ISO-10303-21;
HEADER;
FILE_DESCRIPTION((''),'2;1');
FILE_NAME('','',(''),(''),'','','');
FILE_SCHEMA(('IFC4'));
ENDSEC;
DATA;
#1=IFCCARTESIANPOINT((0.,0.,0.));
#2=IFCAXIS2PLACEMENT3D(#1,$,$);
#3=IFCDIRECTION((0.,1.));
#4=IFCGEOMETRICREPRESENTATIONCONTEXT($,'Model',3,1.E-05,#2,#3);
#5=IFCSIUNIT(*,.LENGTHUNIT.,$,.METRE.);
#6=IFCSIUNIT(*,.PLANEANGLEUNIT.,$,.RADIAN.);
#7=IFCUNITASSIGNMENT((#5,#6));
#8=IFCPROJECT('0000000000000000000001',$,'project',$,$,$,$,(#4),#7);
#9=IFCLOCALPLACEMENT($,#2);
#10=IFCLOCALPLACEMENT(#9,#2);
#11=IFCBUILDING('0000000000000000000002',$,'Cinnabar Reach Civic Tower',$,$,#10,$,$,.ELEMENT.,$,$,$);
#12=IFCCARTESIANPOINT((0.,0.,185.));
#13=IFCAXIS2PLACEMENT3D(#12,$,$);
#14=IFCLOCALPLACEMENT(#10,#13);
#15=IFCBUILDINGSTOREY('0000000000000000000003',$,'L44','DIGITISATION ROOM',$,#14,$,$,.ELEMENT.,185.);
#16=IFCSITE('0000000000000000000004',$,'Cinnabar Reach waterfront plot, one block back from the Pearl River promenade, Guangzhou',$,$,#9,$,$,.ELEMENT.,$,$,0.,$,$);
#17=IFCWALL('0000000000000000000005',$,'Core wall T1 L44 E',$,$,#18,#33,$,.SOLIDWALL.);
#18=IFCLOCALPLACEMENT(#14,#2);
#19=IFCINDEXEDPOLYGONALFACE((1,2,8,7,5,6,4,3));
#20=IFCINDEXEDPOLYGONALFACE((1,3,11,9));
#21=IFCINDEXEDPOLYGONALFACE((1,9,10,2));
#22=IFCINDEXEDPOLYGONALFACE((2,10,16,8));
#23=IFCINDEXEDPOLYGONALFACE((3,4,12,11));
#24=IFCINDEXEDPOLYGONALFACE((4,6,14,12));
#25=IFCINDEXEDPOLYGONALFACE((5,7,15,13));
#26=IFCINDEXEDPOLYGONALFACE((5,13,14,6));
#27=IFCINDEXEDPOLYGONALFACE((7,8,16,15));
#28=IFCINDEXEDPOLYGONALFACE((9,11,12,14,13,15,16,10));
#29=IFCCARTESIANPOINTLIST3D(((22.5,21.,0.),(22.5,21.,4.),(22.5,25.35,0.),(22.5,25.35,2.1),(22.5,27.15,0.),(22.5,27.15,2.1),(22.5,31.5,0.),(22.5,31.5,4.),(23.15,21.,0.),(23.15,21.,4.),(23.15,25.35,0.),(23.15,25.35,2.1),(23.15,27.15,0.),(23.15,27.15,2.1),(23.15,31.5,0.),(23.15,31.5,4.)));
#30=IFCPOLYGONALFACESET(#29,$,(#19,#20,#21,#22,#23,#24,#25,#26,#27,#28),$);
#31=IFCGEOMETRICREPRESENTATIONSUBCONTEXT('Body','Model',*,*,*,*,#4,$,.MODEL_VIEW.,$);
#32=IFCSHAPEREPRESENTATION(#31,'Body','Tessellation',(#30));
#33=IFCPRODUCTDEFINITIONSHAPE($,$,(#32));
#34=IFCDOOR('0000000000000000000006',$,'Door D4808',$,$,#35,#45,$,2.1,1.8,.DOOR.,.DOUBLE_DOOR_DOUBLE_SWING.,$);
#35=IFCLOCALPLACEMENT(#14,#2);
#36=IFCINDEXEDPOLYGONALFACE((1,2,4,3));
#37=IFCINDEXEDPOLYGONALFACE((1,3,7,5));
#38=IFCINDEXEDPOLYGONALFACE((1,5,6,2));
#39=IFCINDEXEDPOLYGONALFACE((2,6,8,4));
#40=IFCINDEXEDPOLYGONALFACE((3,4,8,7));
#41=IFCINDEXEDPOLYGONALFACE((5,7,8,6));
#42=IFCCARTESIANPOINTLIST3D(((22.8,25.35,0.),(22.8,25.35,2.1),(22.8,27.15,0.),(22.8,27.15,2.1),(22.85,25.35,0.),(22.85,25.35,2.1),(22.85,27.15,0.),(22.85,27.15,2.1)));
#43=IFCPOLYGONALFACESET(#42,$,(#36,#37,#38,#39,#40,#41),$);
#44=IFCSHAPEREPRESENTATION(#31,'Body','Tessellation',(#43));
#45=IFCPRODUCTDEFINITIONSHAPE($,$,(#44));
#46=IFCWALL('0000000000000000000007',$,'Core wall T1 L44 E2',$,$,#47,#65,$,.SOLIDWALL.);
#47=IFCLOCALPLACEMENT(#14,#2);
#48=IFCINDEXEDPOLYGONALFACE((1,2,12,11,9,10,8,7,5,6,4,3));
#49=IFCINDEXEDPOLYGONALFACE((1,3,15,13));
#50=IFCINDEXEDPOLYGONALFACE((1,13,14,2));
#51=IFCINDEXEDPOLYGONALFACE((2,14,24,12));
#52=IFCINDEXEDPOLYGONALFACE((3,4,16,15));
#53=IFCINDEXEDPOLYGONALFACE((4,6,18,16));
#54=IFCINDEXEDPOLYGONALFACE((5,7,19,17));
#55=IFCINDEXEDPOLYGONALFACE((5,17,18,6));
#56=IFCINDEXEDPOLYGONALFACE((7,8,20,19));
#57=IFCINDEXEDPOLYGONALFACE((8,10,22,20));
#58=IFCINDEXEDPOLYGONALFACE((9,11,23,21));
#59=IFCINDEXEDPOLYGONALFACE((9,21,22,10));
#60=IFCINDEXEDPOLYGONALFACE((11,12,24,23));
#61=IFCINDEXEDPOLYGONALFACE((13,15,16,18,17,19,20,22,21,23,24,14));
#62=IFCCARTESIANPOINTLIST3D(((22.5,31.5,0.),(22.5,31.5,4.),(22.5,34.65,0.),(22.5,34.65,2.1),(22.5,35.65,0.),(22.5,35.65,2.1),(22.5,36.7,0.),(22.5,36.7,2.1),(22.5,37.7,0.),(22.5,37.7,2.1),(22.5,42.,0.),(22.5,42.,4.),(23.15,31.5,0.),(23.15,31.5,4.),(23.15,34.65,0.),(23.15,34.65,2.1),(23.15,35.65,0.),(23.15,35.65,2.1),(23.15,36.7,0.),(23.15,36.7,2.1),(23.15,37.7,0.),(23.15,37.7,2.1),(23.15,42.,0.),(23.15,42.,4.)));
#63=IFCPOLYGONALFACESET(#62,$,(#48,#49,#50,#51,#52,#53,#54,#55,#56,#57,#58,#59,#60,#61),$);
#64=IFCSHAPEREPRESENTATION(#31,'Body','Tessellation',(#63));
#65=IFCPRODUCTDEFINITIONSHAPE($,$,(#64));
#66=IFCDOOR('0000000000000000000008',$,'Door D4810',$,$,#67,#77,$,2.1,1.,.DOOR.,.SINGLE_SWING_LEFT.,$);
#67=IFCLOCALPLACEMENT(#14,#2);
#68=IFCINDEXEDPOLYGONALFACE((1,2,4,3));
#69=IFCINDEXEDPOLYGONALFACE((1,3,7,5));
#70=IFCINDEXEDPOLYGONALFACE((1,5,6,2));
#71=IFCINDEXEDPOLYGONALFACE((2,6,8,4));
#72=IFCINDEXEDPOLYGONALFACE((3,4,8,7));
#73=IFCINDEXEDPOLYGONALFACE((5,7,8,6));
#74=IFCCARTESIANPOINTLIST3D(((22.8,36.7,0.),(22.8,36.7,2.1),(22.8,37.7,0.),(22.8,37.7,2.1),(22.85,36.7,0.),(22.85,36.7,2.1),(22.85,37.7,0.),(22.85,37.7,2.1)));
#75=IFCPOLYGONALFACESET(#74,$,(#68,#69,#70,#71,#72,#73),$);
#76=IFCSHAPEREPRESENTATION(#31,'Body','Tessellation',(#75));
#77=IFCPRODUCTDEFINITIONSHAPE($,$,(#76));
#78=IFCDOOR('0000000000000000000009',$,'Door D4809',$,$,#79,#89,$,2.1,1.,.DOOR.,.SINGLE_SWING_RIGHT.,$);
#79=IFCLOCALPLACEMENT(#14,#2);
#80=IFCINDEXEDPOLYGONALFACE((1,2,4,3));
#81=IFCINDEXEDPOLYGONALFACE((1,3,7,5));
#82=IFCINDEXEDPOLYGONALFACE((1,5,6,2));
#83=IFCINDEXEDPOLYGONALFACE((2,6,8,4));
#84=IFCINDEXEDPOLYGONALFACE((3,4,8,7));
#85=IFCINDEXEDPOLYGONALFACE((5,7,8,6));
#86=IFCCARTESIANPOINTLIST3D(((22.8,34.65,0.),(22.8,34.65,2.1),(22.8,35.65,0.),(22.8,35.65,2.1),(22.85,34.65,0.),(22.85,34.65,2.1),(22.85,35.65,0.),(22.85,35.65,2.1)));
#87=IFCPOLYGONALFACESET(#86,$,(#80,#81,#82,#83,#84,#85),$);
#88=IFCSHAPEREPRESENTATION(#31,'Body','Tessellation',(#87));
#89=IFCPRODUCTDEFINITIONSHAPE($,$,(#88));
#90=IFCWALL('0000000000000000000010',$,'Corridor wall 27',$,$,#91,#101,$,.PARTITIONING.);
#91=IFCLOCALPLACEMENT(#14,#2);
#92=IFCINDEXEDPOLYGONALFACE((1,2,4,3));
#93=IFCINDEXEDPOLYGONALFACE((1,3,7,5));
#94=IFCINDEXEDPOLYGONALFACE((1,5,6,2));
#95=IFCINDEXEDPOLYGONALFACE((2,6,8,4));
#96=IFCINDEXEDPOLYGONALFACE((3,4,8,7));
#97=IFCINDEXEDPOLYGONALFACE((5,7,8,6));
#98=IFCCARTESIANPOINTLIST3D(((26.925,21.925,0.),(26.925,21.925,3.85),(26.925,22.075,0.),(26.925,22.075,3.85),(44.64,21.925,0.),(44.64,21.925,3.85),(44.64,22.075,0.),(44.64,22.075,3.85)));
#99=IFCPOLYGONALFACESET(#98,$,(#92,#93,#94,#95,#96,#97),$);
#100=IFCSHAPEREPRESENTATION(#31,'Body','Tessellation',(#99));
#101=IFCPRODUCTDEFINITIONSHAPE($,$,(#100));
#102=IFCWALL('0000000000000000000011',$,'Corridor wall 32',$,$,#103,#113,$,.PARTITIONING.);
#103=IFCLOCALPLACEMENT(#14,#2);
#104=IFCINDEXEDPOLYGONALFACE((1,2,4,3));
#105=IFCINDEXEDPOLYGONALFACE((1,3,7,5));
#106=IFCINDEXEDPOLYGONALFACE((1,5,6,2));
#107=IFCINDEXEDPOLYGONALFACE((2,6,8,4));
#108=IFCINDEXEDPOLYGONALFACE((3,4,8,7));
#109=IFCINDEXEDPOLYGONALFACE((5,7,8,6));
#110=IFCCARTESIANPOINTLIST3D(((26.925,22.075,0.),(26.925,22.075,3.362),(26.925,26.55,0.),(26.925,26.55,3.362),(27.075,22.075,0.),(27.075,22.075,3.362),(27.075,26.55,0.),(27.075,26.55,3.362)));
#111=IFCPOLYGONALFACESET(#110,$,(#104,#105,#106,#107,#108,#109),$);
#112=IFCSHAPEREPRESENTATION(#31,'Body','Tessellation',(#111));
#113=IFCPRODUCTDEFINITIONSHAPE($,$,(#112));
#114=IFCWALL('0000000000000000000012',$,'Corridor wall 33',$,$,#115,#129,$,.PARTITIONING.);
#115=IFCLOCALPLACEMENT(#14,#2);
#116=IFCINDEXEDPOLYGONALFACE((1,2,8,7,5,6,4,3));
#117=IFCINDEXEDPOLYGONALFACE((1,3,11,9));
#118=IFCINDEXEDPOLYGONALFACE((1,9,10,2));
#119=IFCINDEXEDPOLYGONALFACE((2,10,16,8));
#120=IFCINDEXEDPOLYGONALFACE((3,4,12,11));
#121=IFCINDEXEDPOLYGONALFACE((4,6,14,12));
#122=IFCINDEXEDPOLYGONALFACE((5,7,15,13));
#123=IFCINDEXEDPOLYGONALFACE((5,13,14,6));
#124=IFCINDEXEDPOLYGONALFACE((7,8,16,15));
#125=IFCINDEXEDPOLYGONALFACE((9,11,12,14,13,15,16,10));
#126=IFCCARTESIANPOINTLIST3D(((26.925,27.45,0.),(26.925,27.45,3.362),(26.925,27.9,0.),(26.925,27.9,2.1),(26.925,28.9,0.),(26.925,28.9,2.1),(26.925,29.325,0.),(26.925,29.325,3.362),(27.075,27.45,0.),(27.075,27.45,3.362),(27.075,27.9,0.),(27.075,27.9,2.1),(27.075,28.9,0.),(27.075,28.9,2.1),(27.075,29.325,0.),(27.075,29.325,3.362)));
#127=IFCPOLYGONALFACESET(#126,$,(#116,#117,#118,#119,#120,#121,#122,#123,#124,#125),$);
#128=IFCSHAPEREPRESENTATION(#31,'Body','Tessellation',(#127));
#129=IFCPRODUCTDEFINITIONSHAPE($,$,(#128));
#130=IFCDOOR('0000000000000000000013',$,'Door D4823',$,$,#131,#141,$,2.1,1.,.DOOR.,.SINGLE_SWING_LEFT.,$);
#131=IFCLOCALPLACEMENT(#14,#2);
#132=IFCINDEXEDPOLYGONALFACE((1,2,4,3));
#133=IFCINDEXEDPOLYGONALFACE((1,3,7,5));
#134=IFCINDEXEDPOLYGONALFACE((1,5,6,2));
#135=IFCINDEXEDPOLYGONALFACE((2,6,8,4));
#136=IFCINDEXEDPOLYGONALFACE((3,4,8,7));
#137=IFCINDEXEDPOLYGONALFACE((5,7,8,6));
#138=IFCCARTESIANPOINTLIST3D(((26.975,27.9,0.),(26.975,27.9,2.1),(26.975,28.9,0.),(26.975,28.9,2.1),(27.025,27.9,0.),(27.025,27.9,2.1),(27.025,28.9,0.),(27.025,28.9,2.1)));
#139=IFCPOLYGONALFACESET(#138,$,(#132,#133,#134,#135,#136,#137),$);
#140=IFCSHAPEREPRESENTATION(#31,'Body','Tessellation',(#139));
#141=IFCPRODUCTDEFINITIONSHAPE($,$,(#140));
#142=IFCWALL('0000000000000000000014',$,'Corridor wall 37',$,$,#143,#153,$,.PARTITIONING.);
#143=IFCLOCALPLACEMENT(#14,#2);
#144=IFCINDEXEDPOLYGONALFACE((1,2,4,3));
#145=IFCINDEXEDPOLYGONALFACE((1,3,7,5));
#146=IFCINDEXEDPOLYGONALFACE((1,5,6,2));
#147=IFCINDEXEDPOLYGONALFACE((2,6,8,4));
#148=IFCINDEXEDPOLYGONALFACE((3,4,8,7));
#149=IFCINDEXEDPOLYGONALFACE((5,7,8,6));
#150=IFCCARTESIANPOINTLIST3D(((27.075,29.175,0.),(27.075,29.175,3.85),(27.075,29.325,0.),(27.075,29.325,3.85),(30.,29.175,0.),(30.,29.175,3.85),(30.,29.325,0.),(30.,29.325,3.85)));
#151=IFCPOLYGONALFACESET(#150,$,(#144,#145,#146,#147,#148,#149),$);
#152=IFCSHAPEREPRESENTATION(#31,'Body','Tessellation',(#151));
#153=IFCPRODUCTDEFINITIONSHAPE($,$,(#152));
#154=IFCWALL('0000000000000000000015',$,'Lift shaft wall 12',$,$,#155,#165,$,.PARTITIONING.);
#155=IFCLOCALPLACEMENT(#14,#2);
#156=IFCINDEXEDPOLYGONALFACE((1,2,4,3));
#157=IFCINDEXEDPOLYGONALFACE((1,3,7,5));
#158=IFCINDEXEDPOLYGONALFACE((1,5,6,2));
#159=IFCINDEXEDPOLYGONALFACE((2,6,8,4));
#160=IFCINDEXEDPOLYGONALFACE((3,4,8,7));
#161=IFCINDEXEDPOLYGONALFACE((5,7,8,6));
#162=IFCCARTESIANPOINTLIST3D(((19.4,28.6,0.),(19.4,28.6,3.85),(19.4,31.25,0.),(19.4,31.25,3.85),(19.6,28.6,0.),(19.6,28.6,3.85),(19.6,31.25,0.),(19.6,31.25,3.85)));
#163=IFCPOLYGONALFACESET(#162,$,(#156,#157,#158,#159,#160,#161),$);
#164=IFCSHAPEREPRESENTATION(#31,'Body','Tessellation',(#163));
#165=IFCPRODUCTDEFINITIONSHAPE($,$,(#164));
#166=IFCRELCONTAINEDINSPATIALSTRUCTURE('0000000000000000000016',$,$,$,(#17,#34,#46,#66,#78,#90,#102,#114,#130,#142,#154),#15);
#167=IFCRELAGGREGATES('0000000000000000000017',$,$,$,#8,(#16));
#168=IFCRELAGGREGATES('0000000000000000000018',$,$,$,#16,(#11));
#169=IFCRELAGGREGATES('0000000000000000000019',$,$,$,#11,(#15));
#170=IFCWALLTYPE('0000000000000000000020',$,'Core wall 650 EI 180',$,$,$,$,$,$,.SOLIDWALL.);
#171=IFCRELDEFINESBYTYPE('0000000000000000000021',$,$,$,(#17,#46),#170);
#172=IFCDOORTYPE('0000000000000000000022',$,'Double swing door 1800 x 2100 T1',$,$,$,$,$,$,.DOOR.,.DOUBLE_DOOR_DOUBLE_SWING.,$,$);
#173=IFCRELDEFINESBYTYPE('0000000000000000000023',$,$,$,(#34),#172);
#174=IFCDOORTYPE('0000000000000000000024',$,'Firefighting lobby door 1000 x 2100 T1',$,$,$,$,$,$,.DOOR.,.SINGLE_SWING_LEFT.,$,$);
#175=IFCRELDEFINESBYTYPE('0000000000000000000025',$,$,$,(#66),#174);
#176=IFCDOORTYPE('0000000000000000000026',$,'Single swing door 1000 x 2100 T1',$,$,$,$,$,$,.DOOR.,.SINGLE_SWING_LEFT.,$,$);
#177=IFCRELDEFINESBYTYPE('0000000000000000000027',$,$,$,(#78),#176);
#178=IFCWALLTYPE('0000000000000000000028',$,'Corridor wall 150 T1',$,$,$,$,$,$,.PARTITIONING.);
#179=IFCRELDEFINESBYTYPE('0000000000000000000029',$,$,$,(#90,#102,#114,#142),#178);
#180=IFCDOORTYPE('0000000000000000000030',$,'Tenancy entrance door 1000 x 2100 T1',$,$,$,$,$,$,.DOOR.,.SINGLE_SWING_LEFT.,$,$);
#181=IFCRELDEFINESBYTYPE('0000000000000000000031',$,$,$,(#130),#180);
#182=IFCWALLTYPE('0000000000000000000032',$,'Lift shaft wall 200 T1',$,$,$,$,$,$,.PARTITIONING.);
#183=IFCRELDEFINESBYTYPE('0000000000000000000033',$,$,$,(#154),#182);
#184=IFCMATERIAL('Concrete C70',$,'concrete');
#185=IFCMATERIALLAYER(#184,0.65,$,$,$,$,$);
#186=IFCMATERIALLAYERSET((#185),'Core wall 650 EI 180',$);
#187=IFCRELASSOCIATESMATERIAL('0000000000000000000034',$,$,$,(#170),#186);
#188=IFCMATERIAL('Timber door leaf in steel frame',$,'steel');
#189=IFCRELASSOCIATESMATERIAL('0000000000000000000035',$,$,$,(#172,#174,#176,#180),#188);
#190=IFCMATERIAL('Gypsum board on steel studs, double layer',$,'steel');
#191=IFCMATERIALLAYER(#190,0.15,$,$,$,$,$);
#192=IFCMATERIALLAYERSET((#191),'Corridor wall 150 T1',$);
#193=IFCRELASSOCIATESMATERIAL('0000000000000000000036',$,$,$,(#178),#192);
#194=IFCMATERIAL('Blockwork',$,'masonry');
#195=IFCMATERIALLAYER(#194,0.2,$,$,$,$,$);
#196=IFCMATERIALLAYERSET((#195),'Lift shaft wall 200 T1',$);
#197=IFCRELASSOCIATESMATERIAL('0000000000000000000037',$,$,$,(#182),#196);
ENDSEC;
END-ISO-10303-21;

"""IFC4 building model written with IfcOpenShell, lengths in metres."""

from ifc_helpers import new_model, si_unit, direction, frame, frame_2d, origin, place, context, subcontext, project, spatial, rectangle, extrude, material, layer, layer_set, type_object, element, fill, save


model = new_model("IFC4")

# Units and contexts
model_context = context("Model", 3, precision=1e-05, world=origin(), true_north=direction((0.0, 1.0)))
body_context = subcontext(model_context, "Body", "Model", "MODEL_VIEW")
ifc_project = project(units=[si_unit("LENGTHUNIT", "METRE"), si_unit("PLANEANGLEUNIT", "RADIAN")], contexts=[model_context])

# Site, building, storey
site_placement = place(None, origin())
site = spatial("IfcSite", under=ifc_project, at=site_placement, Name="Cinnabar Reach waterfront plot, one block back from the Pearl River promenade, Guangzhou", CompositionType="ELEMENT", RefElevation=0.0)
building_placement = place(site_placement, origin())
building = spatial("IfcBuilding", under=site, at=building_placement, Name="Cinnabar Reach Civic Tower", CompositionType="ELEMENT")
storey_placement = place(building_placement, frame((0.0, 0.0, 185.0)))
storey = spatial("IfcBuildingStorey", under=building, at=storey_placement, Name="L44", Description="DIGITISATION ROOM", CompositionType="ELEMENT", Elevation=185.0)

# Shared definitions
ifc_material_1 = material(Name="Concrete C70", Category="concrete")

# Wall, opening, door
ifc_layer_1 = layer(ifc_material_1, 0.65)
ifc_layer_set_1 = layer_set([ifc_layer_1], Name="Core wall 650 EI 180")
wall_type_1 = type_object("IfcWallType", Name="Core wall 650 EI 180", PredefinedType="SOLIDWALL", material=ifc_layer_set_1)
wall_1_placement = place(storey_placement, frame((22.825, 21.0, 0.0), z_axis=(0.0, 0.0, 1.0), x_axis=(0.0, 1.0, 0.0)))
wall_1 = element("IfcWall", 1, at=wall_1_placement, inside=storey, type_object=wall_type_1, Name="Core wall T1 L44 E", PredefinedType="SOLIDWALL", context=body_context, shape_type="SweptSolid", body=[
    extrude(rectangle(XDim=10.5, YDim=0.65, at=frame_2d((5.25, 0.0))), origin(), (0.0, 0.0, 1.0), 4.0),
])
opening_1_placement = place(wall_1_placement, frame((4.35, 0.0, 0.0)))
opening_1 = element("IfcOpeningElement", 2, at=opening_1_placement, cuts=wall_1, PredefinedType="OPENING", context=body_context, shape_type="SweptSolid", body=[
    extrude(rectangle(XDim=1.8, YDim=2.1, at=frame_2d((0.9, 1.05))), frame((0.0, 0.335, 0.0), z_axis=(0.0, -1.0, 0.0), x_axis=(1.0, 0.0, 0.0)), (0.0, 0.0, 1.0), 0.67),
])
ifc_material_2 = material(Name="Timber door leaf in steel frame", Category="steel")
door_type_1 = type_object("IfcDoorType", Name="Double swing door 1800 x 2100 T1", OperationType="DOUBLE_DOOR_DOUBLE_SWING", PredefinedType="DOOR", material=ifc_material_2)
door_1_placement = place(opening_1_placement, origin())
door_1 = element("IfcDoor", 3, at=door_1_placement, inside=storey, type_object=door_type_1, Name="Door D4808", OperationType="DOUBLE_DOOR_DOUBLE_SWING", OverallHeight=2.1, OverallWidth=1.8, PredefinedType="DOOR", context=body_context, shape_type="SweptSolid", body=[
    extrude(rectangle(XDim=1.8, YDim=2.1, at=frame_2d((0.9, 1.05))), frame((0.0, 0.025, 0.0), z_axis=(0.0, -1.0, 0.0), x_axis=(1.0, 0.0, 0.0)), (0.0, 0.0, 1.0), 0.05),
])
fill(opening_1, door_1)

# Wall, openings, doors
wall_2_placement = place(storey_placement, frame((22.825, 31.5, 0.0), z_axis=(0.0, 0.0, 1.0), x_axis=(0.0, 1.0, 0.0)))
wall_2 = element("IfcWall", 4, at=wall_2_placement, inside=storey, type_object=wall_type_1, Name="Core wall T1 L44 E2", PredefinedType="SOLIDWALL", context=body_context, shape_type="SweptSolid", body=[
    extrude(rectangle(XDim=10.5, YDim=0.65, at=frame_2d((5.25, 0.0))), origin(), (0.0, 0.0, 1.0), 4.0),
])
opening_2_placement = place(wall_2_placement, frame((3.15, 0.0, 0.0)))
opening_2 = element("IfcOpeningElement", 5, at=opening_2_placement, cuts=wall_2, PredefinedType="OPENING", context=body_context, shape_type="SweptSolid", body=[
    extrude(rectangle(XDim=1.0, YDim=2.1, at=frame_2d((0.5, 1.05))), frame((0.0, 0.335, 0.0), z_axis=(0.0, -1.0, 0.0), x_axis=(1.0, 0.0, 0.0)), (0.0, 0.0, 1.0), 0.67),
])
opening_3_placement = place(wall_2_placement, frame((5.2, 0.0, 0.0)))
opening_3 = element("IfcOpeningElement", 6, at=opening_3_placement, cuts=wall_2, PredefinedType="OPENING", context=body_context, shape_type="SweptSolid", body=[
    extrude(rectangle(XDim=1.0, YDim=2.1, at=frame_2d((0.5, 1.05))), frame((0.0, 0.335, 0.0), z_axis=(0.0, -1.0, 0.0), x_axis=(1.0, 0.0, 0.0)), (0.0, 0.0, 1.0), 0.67),
])
door_type_2 = type_object("IfcDoorType", Name="Firefighting lobby door 1000 x 2100 T1", OperationType="SINGLE_SWING_LEFT", PredefinedType="DOOR", material=ifc_material_2)
door_2_placement = place(opening_3_placement, origin())
door_2 = element("IfcDoor", 7, at=door_2_placement, inside=storey, type_object=door_type_2, Name="Door D4810", OperationType="SINGLE_SWING_LEFT", OverallHeight=2.1, OverallWidth=1.0, PredefinedType="DOOR", context=body_context, shape_type="SweptSolid", body=[
    extrude(rectangle(XDim=1.0, YDim=2.1, at=frame_2d((0.5, 1.05))), frame((0.0, 0.025, 0.0), z_axis=(0.0, -1.0, 0.0), x_axis=(1.0, 0.0, 0.0)), (0.0, 0.0, 1.0), 0.05),
])
fill(opening_3, door_2)
door_type_3 = type_object("IfcDoorType", Name="Single swing door 1000 x 2100 T1", OperationType="SINGLE_SWING_LEFT", PredefinedType="DOOR", material=ifc_material_2)
door_3_placement = place(opening_2_placement, origin())
door_3 = element("IfcDoor", 8, at=door_3_placement, inside=storey, type_object=door_type_3, Name="Door D4809", OperationType="SINGLE_SWING_RIGHT", OverallHeight=2.1, OverallWidth=1.0, PredefinedType="DOOR", context=body_context, shape_type="SweptSolid", body=[
    extrude(rectangle(XDim=1.0, YDim=2.1, at=frame_2d((0.5, 1.05))), frame((0.0, 0.025, 0.0), z_axis=(0.0, -1.0, 0.0), x_axis=(1.0, 0.0, 0.0)), (0.0, 0.0, 1.0), 0.05),
])
fill(opening_2, door_3)

# Walls
ifc_material_3 = material(Name="Gypsum board on steel studs, double layer", Category="steel")
ifc_layer_2 = layer(ifc_material_3, 0.15)
ifc_layer_set_2 = layer_set([ifc_layer_2], Name="Corridor wall 150 T1")
wall_type_2 = type_object("IfcWallType", Name="Corridor wall 150 T1", PredefinedType="PARTITIONING", material=ifc_layer_set_2)
wall_3_placement = place(storey_placement, frame((26.925, 22.0, 0.0), z_axis=(0.0, 0.0, 1.0), x_axis=(1.0, 0.0, 0.0)))
element("IfcWall", 9, at=wall_3_placement, inside=storey, type_object=wall_type_2, Name="Corridor wall 27", PredefinedType="PARTITIONING", context=body_context, shape_type="SweptSolid", body=[
    extrude(rectangle(XDim=17.715, YDim=0.15, at=frame_2d((8.8575, 0.0))), origin(), (0.0, 0.0, 1.0), 3.85),
])
wall_4_placement = place(storey_placement, frame((27.0, 22.075, 0.0), z_axis=(0.0, 0.0, 1.0), x_axis=(0.0, 1.0, 0.0)))
element("IfcWall", 10, at=wall_4_placement, inside=storey, type_object=wall_type_2, Name="Corridor wall 32", PredefinedType="PARTITIONING", context=body_context, shape_type="SweptSolid", body=[
    extrude(rectangle(XDim=4.475, YDim=0.15, at=frame_2d((2.2375, 0.0))), origin(), (0.0, 0.0, 1.0), 3.362),
])

# Wall, opening, door
wall_5_placement = place(storey_placement, frame((27.0, 27.45, 0.0), z_axis=(0.0, 0.0, 1.0), x_axis=(0.0, 1.0, 0.0)))
wall_5 = element("IfcWall", 11, at=wall_5_placement, inside=storey, type_object=wall_type_2, Name="Corridor wall 33", PredefinedType="PARTITIONING", context=body_context, shape_type="SweptSolid", body=[
    extrude(rectangle(XDim=1.875, YDim=0.15, at=frame_2d((0.9375, 0.0))), origin(), (0.0, 0.0, 1.0), 3.362),
])
opening_4_placement = place(wall_5_placement, frame((0.45, 0.0, 0.0)))
opening_4 = element("IfcOpeningElement", 12, at=opening_4_placement, cuts=wall_5, PredefinedType="OPENING", context=body_context, shape_type="SweptSolid", body=[
    extrude(rectangle(XDim=1.0, YDim=2.1, at=frame_2d((0.5, 1.05))), frame((0.0, 0.085, 0.0), z_axis=(0.0, -1.0, 0.0), x_axis=(1.0, 0.0, 0.0)), (0.0, 0.0, 1.0), 0.17),
])
door_type_4 = type_object("IfcDoorType", Name="Tenancy entrance door 1000 x 2100 T1", OperationType="SINGLE_SWING_LEFT", PredefinedType="DOOR", material=ifc_material_2)
door_4_placement = place(opening_4_placement, frame((1.0, 0.0, 0.0), z_axis=(0.0, 0.0, 1.0), x_axis=(-1.0, 0.0, 0.0)))
door_4 = element("IfcDoor", 13, at=door_4_placement, inside=storey, type_object=door_type_4, Name="Door D4823", OperationType="SINGLE_SWING_LEFT", OverallHeight=2.1, OverallWidth=1.0, PredefinedType="DOOR", context=body_context, shape_type="SweptSolid", body=[
    extrude(rectangle(XDim=1.0, YDim=2.1, at=frame_2d((0.5, 1.05))), frame((0.0, 0.025, 0.0), z_axis=(0.0, -1.0, 0.0), x_axis=(1.0, 0.0, 0.0)), (0.0, 0.0, 1.0), 0.05),
])
fill(opening_4, door_4)

# Walls
wall_6_placement = place(storey_placement, frame((27.075, 29.25, 0.0), z_axis=(0.0, 0.0, 1.0), x_axis=(1.0, 0.0, 0.0)))
element("IfcWall", 14, at=wall_6_placement, inside=storey, type_object=wall_type_2, Name="Corridor wall 37", PredefinedType="PARTITIONING", context=body_context, shape_type="SweptSolid", body=[
    extrude(rectangle(XDim=2.925, YDim=0.15, at=frame_2d((1.4625, 0.0))), origin(), (0.0, 0.0, 1.0), 3.85),
])
ifc_material_4 = material(Name="Blockwork", Category="masonry")
ifc_layer_3 = layer(ifc_material_4, 0.2)
ifc_layer_set_3 = layer_set([ifc_layer_3], Name="Lift shaft wall 200 T1")
wall_type_3 = type_object("IfcWallType", Name="Lift shaft wall 200 T1", PredefinedType="PARTITIONING", material=ifc_layer_set_3)
wall_7_placement = place(storey_placement, frame((19.5, 28.6, 0.0), z_axis=(0.0, 0.0, 1.0), x_axis=(0.0, 1.0, 0.0)))
element("IfcWall", 15, at=wall_7_placement, inside=storey, type_object=wall_type_3, Name="Lift shaft wall 12", PredefinedType="PARTITIONING", context=body_context, shape_type="SweptSolid", body=[
    extrude(rectangle(XDim=2.65, YDim=0.2, at=frame_2d((1.325, 0.0))), origin(), (0.0, 0.0, 1.0), 3.85),
])

save(model, "model.ifc")
